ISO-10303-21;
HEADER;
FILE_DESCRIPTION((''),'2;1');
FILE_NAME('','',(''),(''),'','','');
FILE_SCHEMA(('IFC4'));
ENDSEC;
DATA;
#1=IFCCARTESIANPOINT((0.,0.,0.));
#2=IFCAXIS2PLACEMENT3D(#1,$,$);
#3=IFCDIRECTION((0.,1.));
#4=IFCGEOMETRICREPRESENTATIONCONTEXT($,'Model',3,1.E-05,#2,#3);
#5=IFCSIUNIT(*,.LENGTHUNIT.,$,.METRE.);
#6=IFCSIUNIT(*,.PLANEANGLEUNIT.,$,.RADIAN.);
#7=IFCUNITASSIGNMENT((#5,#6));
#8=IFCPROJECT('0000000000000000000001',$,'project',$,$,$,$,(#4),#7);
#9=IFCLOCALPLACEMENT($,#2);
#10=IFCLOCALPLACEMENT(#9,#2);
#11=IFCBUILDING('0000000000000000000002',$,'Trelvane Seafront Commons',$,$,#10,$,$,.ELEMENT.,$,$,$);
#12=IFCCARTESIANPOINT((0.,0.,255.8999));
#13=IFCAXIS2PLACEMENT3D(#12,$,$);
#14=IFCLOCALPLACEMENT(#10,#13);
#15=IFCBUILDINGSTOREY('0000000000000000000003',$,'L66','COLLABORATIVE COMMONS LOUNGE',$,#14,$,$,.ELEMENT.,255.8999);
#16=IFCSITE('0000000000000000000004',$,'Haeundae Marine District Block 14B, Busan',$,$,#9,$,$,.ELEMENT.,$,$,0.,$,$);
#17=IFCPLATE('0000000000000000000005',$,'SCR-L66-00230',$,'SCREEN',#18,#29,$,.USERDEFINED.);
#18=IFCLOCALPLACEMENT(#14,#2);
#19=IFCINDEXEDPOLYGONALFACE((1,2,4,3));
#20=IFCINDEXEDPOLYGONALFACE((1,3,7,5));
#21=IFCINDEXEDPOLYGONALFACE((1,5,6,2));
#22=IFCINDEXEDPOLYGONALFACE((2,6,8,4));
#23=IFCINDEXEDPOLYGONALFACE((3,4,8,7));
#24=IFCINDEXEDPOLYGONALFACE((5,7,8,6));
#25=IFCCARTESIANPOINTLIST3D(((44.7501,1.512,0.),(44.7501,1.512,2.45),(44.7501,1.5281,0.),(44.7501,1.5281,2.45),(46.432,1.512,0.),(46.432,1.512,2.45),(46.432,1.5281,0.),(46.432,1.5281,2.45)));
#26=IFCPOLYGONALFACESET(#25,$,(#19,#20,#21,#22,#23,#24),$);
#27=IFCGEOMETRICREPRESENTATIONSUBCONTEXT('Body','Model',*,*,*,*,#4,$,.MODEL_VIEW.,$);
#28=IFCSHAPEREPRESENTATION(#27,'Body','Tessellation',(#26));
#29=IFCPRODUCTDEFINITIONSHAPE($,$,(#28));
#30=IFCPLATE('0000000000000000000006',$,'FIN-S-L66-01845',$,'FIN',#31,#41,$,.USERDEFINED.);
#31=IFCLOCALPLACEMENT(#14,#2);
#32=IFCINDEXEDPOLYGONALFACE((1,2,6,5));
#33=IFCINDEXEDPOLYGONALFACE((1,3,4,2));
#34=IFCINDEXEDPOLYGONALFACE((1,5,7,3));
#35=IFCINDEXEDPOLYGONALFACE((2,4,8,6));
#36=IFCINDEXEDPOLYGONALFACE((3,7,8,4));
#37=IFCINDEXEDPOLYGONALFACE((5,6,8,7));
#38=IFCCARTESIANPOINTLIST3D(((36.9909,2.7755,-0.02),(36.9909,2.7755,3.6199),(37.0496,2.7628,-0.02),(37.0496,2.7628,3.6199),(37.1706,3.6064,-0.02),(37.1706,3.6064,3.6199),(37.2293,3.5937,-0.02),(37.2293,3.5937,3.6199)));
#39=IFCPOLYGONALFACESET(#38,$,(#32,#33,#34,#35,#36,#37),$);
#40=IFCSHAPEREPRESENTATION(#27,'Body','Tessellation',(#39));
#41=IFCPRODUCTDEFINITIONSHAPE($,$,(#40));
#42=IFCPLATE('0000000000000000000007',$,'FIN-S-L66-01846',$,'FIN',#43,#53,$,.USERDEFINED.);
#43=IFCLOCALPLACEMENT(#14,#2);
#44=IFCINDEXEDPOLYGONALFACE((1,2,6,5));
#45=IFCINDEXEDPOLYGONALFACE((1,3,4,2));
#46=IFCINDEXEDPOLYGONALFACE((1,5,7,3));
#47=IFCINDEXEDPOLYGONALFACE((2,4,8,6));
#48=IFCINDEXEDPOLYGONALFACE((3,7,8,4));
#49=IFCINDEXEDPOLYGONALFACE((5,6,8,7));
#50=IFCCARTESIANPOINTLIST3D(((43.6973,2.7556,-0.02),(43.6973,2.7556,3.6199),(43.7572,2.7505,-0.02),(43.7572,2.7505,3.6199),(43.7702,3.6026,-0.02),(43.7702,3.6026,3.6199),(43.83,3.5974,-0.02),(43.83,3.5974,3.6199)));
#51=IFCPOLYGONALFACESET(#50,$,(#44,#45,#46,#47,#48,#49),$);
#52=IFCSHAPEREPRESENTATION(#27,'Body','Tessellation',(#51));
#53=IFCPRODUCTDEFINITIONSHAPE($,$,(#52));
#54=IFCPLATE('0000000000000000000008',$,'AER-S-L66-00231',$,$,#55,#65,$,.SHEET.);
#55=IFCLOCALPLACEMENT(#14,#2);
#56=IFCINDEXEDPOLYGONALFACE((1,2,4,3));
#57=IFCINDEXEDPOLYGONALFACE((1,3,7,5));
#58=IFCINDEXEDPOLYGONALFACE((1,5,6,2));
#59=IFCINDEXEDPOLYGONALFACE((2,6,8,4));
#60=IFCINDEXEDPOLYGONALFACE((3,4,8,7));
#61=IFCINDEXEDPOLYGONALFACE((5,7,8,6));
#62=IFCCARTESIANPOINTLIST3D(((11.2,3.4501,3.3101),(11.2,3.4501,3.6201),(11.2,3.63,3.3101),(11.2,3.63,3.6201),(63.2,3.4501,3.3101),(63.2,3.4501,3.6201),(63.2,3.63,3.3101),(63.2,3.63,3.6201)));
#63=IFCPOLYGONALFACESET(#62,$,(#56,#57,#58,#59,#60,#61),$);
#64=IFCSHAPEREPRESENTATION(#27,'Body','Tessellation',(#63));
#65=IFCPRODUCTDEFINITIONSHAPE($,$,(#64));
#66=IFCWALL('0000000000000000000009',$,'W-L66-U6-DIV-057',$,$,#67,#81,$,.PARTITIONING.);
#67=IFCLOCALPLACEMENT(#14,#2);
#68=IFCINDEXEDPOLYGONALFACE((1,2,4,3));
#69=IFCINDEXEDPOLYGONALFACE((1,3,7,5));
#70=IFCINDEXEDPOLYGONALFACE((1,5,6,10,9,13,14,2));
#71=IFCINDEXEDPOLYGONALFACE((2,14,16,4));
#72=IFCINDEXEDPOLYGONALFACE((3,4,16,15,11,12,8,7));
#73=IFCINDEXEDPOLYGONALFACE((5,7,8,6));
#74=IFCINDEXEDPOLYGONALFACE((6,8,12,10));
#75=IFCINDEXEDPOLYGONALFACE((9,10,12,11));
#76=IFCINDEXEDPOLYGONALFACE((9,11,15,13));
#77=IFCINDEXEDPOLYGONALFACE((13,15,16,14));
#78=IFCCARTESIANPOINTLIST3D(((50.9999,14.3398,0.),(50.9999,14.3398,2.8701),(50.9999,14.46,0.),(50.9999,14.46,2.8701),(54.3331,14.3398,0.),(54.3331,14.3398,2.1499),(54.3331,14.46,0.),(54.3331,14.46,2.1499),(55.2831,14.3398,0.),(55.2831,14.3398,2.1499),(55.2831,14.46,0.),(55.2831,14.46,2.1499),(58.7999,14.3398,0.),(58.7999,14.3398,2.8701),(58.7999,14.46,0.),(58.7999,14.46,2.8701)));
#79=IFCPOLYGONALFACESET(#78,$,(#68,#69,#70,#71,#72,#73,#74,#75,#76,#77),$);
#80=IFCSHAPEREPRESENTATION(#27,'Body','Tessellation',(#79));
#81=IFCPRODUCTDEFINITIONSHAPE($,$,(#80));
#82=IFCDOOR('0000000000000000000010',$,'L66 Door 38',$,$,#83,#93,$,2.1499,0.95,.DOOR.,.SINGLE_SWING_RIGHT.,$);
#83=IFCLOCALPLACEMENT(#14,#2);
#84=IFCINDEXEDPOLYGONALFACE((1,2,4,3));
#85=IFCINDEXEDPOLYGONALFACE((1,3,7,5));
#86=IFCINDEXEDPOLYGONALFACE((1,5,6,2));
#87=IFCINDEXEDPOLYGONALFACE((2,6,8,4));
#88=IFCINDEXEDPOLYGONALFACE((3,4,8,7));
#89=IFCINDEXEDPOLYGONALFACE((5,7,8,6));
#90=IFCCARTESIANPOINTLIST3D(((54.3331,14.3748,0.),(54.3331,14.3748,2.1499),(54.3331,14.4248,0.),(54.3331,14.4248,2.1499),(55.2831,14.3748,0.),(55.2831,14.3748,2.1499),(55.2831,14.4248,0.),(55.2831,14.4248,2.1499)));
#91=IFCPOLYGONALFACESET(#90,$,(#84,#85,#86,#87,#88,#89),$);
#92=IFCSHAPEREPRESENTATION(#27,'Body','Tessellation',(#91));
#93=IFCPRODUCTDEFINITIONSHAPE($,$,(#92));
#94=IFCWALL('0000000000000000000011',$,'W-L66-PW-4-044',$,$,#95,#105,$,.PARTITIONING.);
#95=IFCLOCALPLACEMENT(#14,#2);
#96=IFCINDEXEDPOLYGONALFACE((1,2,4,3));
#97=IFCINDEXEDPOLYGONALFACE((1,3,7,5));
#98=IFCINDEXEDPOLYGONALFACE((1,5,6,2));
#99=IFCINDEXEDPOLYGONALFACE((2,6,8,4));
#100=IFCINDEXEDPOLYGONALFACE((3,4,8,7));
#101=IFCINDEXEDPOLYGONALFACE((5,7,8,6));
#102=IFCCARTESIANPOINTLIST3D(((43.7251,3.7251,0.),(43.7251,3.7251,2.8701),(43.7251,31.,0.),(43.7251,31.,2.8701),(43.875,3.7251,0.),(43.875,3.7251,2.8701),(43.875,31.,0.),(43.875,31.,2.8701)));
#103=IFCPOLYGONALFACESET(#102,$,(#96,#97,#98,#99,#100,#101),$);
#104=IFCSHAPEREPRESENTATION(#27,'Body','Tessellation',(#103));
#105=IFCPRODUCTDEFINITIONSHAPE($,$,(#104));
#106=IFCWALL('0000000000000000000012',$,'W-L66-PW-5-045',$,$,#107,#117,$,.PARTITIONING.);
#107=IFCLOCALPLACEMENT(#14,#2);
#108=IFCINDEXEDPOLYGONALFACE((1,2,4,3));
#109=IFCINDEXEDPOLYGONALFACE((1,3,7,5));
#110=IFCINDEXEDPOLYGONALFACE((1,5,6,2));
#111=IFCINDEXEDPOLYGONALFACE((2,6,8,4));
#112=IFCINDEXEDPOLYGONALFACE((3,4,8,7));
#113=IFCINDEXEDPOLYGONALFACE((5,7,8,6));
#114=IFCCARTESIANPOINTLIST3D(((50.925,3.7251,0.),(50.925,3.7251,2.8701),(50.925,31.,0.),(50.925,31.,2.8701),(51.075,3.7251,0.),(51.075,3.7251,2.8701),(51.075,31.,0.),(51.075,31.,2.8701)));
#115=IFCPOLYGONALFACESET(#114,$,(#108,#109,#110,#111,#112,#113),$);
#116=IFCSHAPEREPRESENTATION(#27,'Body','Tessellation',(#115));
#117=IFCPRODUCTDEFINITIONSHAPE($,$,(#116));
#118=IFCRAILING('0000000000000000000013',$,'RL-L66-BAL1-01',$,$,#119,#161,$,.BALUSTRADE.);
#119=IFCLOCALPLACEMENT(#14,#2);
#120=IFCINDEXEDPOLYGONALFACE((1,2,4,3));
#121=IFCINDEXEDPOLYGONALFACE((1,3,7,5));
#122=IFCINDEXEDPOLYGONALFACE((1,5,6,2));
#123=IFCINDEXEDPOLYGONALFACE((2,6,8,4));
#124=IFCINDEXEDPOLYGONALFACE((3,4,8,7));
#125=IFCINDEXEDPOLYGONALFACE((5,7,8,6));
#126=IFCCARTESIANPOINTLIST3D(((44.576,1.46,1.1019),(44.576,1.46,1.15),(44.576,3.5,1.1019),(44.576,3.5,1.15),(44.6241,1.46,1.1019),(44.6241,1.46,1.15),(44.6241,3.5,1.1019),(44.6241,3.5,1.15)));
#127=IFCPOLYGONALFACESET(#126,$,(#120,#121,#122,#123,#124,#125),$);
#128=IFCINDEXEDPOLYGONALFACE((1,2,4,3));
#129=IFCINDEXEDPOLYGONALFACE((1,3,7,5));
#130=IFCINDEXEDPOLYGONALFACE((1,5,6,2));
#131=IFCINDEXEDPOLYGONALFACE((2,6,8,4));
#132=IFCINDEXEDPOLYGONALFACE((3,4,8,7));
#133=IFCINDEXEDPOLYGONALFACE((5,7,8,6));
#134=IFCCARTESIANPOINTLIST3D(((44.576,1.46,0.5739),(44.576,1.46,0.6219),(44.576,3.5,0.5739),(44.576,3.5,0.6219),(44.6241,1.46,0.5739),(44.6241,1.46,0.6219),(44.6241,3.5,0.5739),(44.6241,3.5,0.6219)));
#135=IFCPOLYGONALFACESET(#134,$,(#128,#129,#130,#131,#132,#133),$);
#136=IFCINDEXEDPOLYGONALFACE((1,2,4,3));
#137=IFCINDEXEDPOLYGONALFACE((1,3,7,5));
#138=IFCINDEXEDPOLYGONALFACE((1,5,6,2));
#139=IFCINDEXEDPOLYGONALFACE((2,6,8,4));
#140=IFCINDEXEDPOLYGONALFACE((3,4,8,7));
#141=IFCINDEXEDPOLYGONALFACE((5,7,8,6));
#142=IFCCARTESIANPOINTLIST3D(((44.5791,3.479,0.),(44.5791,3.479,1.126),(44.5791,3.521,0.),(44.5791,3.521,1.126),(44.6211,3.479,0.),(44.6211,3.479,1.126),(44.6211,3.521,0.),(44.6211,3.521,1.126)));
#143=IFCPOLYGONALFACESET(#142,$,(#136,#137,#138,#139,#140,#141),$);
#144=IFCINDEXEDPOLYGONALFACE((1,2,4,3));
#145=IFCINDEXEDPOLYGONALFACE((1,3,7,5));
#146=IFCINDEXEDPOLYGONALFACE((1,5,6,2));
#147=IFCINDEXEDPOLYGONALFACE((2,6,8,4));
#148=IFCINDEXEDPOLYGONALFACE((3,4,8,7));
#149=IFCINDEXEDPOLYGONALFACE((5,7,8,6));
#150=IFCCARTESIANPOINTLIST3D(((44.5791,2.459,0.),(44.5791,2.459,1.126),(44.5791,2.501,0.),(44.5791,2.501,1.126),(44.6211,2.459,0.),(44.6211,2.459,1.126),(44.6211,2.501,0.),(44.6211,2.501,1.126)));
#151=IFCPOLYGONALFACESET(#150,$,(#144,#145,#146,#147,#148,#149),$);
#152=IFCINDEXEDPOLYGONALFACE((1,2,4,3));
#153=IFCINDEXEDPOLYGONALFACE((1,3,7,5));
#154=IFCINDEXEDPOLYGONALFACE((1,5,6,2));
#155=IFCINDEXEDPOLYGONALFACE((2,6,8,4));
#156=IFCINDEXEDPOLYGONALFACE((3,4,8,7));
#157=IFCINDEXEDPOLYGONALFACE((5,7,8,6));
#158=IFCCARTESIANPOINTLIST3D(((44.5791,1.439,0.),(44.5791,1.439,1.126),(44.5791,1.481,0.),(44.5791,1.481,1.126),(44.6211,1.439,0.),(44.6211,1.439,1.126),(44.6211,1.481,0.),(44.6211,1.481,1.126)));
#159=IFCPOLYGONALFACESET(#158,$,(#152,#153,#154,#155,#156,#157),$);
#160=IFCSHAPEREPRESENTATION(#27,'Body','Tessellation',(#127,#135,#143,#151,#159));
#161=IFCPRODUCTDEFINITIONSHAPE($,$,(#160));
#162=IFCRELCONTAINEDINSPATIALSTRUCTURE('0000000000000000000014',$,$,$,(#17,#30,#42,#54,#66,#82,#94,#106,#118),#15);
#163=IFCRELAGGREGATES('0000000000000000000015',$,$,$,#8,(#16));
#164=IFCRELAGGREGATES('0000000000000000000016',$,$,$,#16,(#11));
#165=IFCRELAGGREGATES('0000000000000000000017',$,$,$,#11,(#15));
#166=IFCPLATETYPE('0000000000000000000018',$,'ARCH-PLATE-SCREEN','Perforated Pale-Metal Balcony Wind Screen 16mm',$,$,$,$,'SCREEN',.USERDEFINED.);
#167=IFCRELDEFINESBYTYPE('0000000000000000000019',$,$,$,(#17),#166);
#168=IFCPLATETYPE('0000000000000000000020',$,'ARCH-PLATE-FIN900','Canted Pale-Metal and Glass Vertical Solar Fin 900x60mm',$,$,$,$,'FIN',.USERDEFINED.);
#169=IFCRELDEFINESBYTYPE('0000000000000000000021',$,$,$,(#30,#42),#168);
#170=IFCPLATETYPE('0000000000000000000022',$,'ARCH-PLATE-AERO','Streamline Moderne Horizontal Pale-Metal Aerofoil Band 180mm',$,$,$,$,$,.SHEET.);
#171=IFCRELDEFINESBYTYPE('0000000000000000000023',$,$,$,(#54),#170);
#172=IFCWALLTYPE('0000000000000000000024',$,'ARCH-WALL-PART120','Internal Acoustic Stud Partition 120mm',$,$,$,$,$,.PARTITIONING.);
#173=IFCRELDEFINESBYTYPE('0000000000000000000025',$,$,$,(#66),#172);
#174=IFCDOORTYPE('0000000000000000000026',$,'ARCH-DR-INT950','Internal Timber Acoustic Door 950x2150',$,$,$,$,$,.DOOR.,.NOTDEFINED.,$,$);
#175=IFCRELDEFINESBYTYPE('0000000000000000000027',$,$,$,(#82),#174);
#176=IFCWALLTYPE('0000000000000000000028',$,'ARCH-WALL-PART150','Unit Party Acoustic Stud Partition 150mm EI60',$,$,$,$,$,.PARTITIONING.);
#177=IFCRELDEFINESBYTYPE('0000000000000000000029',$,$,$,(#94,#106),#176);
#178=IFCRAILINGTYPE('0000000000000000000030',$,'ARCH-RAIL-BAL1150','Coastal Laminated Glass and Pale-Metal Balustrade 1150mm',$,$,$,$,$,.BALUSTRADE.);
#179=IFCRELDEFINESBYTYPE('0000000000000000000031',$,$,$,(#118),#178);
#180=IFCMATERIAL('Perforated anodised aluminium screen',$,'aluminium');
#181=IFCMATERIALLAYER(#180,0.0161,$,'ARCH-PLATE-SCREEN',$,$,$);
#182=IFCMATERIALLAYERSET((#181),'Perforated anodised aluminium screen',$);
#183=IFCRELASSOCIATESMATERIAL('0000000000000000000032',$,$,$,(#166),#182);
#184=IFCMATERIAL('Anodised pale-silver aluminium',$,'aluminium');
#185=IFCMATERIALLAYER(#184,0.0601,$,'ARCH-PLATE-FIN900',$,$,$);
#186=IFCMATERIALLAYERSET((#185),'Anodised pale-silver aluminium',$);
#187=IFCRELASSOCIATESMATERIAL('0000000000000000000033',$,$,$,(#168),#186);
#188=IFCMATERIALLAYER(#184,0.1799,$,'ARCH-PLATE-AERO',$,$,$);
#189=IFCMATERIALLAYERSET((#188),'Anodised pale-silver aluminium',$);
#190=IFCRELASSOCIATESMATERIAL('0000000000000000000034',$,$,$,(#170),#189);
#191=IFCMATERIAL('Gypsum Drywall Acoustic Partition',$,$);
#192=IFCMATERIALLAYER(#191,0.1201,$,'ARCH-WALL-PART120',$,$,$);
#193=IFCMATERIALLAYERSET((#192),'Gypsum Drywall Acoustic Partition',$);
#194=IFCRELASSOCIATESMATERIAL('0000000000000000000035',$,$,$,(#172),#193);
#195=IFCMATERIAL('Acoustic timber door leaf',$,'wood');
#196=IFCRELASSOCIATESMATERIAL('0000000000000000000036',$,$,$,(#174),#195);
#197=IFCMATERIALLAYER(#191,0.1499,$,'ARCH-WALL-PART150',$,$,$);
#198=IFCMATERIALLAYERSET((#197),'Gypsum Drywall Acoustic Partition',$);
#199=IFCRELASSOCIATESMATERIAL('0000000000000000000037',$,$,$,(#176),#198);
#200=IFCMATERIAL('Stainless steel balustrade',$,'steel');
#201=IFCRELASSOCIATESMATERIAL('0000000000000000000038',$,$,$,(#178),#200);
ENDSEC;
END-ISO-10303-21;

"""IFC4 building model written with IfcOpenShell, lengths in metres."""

from ifc_helpers import new_model, si_unit, direction, frame, frame_2d, origin, origin_2d, place, context, subcontext, project, spatial, rectangle, extrude, source, transform, mapped, material, layer, layer_set, type_object, element, fill, save


model = new_model("IFC4")

# Units and contexts
model_context = context("Model", 3, precision=1e-05, world=origin(), true_north=direction((0.0, 1.0)))
body_context = subcontext(model_context, "Body", "Model", "MODEL_VIEW")
ifc_project = project(units=[si_unit("LENGTHUNIT", "METRE"), si_unit("PLANEANGLEUNIT", "RADIAN")], contexts=[model_context])

# Site, building, storey
site_placement = place(None, origin())
site = spatial("IfcSite", under=ifc_project, at=site_placement, Name="Haeundae Marine District Block 14B, Busan", CompositionType="ELEMENT", RefElevation=0.0)
building_placement = place(site_placement, origin())
building = spatial("IfcBuilding", under=site, at=building_placement, Name="Trelvane Seafront Commons", CompositionType="ELEMENT")
storey_placement = place(building_placement, frame((0.0, 0.0, 255.8999)))
storey = spatial("IfcBuildingStorey", under=building, at=storey_placement, Name="L66", Description="COLLABORATIVE COMMONS LOUNGE", CompositionType="ELEMENT", Elevation=255.8999)

# Plates
ifc_material_1 = material(Name="Perforated anodised aluminium screen", Category="aluminium")
ifc_layer_1 = layer(ifc_material_1, 0.0161, Name="ARCH-PLATE-SCREEN")
ifc_layer_set_1 = layer_set([ifc_layer_1], Name="Perforated anodised aluminium screen")
plate_type_1 = type_object("IfcPlateType", Name="ARCH-PLATE-SCREEN", Description="Perforated Pale-Metal Balcony Wind Screen 16mm", ElementType="SCREEN", PredefinedType="USERDEFINED", material=ifc_layer_set_1)
shared_shape_1 = source(origin(), body_context, "Body", "SweptSolid", [
    extrude(rectangle(XDim=1.6819, YDim=0.0161, at=origin_2d()), origin(), (0.0, 0.0, 1.0), 2.45),
])
plate_1_placement = place(storey_placement, frame((45.5911, 1.52, 0.0), z_axis=(0.0, 0.0, 1.0), x_axis=(1.0, 0.0, 0.0)))
element("IfcPlate", 1, at=plate_1_placement, inside=storey, type_object=plate_type_1, Name="SCR-L66-00230", ObjectType="SCREEN", PredefinedType="USERDEFINED", context=body_context, shape_type="MappedRepresentation", body=[
    mapped(shared_shape_1, transform((0.0, 0.0, 0.0), x_axis=(1.0, 0.0, 0.0), y_axis=(0.0, 1.0, 0.0), z_axis=(0.0, 0.0, 1.0), scale=1.0)),
])
ifc_material_2 = material(Name="Anodised pale-silver aluminium", Category="aluminium")
ifc_layer_2 = layer(ifc_material_2, 0.0601, Name="ARCH-PLATE-FIN900")
ifc_layer_set_2 = layer_set([ifc_layer_2], Name="Anodised pale-silver aluminium")
plate_type_2 = type_object("IfcPlateType", Name="ARCH-PLATE-FIN900", Description="Canted Pale-Metal and Glass Vertical Solar Fin 900x60mm", ElementType="FIN", PredefinedType="USERDEFINED", material=ifc_layer_set_2)
shared_shape_2 = source(origin(), body_context, "Body", "SweptSolid", [
    extrude(rectangle(XDim=0.8501, YDim=0.0601, at=origin_2d()), origin(), (0.0, 0.0, 1.0), 3.6399),
])
for number, where, z_axis, x_axis, name in (
    (2, (37.1101, 3.1846, -0.02), (0.0, 0.0, 1.0), (-0.211408, -0.977398, 0.0), "FIN-S-L66-01845"),
    (3, (43.7637, 3.1765, -0.02), (0.0, 0.0, 1.0), (-0.085645, -0.996326, 0.0), "FIN-S-L66-01846"),
):
    element("IfcPlate", number, at=place(storey_placement, frame(where, z_axis=z_axis, x_axis=x_axis)), inside=storey, type_object=plate_type_2, Name=name, ObjectType="FIN", PredefinedType="USERDEFINED", context=body_context, shape_type="MappedRepresentation", body=[
        mapped(shared_shape_2, transform((0.0, 0.0, 0.0), x_axis=(1.0, 0.0, 0.0), y_axis=(0.0, 1.0, 0.0), z_axis=(0.0, 0.0, 1.0), scale=1.0)),
    ])
ifc_layer_3 = layer(ifc_material_2, 0.1799, Name="ARCH-PLATE-AERO")
ifc_layer_set_3 = layer_set([ifc_layer_3], Name="Anodised pale-silver aluminium")
plate_type_3 = type_object("IfcPlateType", Name="ARCH-PLATE-AERO", Description="Streamline Moderne Horizontal Pale-Metal Aerofoil Band 180mm", PredefinedType="SHEET", material=ifc_layer_set_3)
shared_shape_3 = source(origin(), body_context, "Body", "SweptSolid", [
    extrude(rectangle(XDim=52.0, YDim=0.1799, at=origin_2d()), origin(), (0.0, 0.0, 1.0), 0.3101),
])
plate_2_placement = place(storey_placement, frame((37.2, 3.54, 3.3101), z_axis=(0.0, 0.0, 1.0), x_axis=(-1.0, 0.0, 0.0)))
element("IfcPlate", 4, at=plate_2_placement, inside=storey, type_object=plate_type_3, Name="AER-S-L66-00231", PredefinedType="SHEET", context=body_context, shape_type="MappedRepresentation", body=[
    mapped(shared_shape_3, transform((0.0, 0.0, 0.0), x_axis=(1.0, 0.0, 0.0), y_axis=(0.0, 1.0, 0.0), z_axis=(0.0, 0.0, 1.0), scale=1.0)),
])

# Wall, opening, door
ifc_material_3 = material(Name="Gypsum Drywall Acoustic Partition")
ifc_layer_4 = layer(ifc_material_3, 0.1201, Name="ARCH-WALL-PART120")
ifc_layer_set_4 = layer_set([ifc_layer_4], Name="Gypsum Drywall Acoustic Partition")
wall_type_1 = type_object("IfcWallType", Name="ARCH-WALL-PART120", Description="Internal Acoustic Stud Partition 120mm", PredefinedType="PARTITIONING", material=ifc_layer_set_4)
wall_placement = place(storey_placement, frame((51.0, 14.3999, 0.0), z_axis=(0.0, 0.0, 1.0), x_axis=(1.0, 0.0, 0.0)))
wall = element("IfcWall", 5, at=wall_placement, inside=storey, type_object=wall_type_1, Name="W-L66-U6-DIV-057", PredefinedType="PARTITIONING", context=body_context, shape_type="SweptSolid", body=[
    extrude(rectangle(XDim=7.8, YDim=0.1201, at=frame_2d((3.8999, 0.0))), origin(), (0.0, 0.0, 1.0), 2.8701),
])
opening_placement = place(wall_placement, frame((3.333, 0.0, 0.0)))
opening = element("IfcOpeningElement", 6, at=opening_placement, cuts=wall, PredefinedType="OPENING", context=body_context, shape_type="SweptSolid", body=[
    extrude(rectangle(XDim=0.95, YDim=2.1499, at=frame_2d((0.4751, 1.075))), frame((0.0, 0.0701, 0.0), z_axis=(0.0, -1.0, 0.0), x_axis=(1.0, 0.0, 0.0)), (0.0, 0.0, 1.0), 0.1401),
])
ifc_material_4 = material(Name="Acoustic timber door leaf", Category="wood")
door_type = type_object("IfcDoorType", Name="ARCH-DR-INT950", Description="Internal Timber Acoustic Door 950x2150", OperationType="NOTDEFINED", PredefinedType="DOOR", material=ifc_material_4)
shared_shape_4 = source(origin(), body_context, "Body", "SweptSolid", [
    extrude(rectangle(XDim=0.95, YDim=2.1499, at=frame_2d((0.4751, 1.075))), frame((0.0, 0.0249, 0.0), z_axis=(0.0, -1.0, 0.0), x_axis=(1.0, 0.0, 0.0)), (0.0, 0.0, 1.0), 0.05),
])
door_placement = place(opening_placement, origin())
door = element("IfcDoor", 7, at=door_placement, inside=storey, type_object=door_type, Name="L66 Door 38", OperationType="SINGLE_SWING_RIGHT", OverallHeight=2.1499, OverallWidth=0.95, PredefinedType="DOOR", context=body_context, shape_type="MappedRepresentation", body=[
    mapped(shared_shape_4, transform((0.0, 0.0, 0.0), x_axis=(1.0, 0.0, 0.0), y_axis=(0.0, 1.0, 0.0), z_axis=(0.0, 0.0, 1.0), scale=1.0)),
])
fill(opening, door)

# Walls
ifc_layer_5 = layer(ifc_material_3, 0.1499, Name="ARCH-WALL-PART150")
ifc_layer_set_5 = layer_set([ifc_layer_5], Name="Gypsum Drywall Acoustic Partition")
wall_type_2 = type_object("IfcWallType", Name="ARCH-WALL-PART150", Description="Unit Party Acoustic Stud Partition 150mm EI60", PredefinedType="PARTITIONING", material=ifc_layer_set_5)
for number, where, z_axis, x_axis, name in (
    (8, (43.8, 3.7251, 0.0), (0.0, 0.0, 1.0), (0.0, 1.0, 0.0), "W-L66-PW-4-044"),
    (9, (51.0, 3.7251, 0.0), (0.0, 0.0, 1.0), (0.0, 1.0, 0.0), "W-L66-PW-5-045"),
):
    element("IfcWall", number, at=place(storey_placement, frame(where, z_axis=z_axis, x_axis=x_axis)), inside=storey, type_object=wall_type_2, Name=name, PredefinedType="PARTITIONING", context=body_context, shape_type="SweptSolid", body=[
        extrude(rectangle(XDim=27.2749, YDim=0.1499, at=frame_2d((13.6375, 0.0))), origin(), (0.0, 0.0, 1.0), 2.8701),
    ])

# Railing
ifc_material_5 = material(Name="Stainless steel balustrade", Category="steel")
railing_type = type_object("IfcRailingType", Name="ARCH-RAIL-BAL1150", Description="Coastal Laminated Glass and Pale-Metal Balustrade 1150mm", PredefinedType="BALUSTRADE", material=ifc_material_5)
railing_1_placement = place(storey_placement, frame((44.6001, 3.5, 0.0)))
element("IfcRailing", 10, at=railing_1_placement, inside=storey, type_object=railing_type, Name="RL-L66-BAL1-01", PredefinedType="BALUSTRADE", context=body_context, shape_type="SweptSolid", body=[
    extrude(rectangle(XDim=0.0481, YDim=0.0481, at=origin_2d()), frame((0.0, 0.0, 1.126), z_axis=(0.0, -1.0, 0.0), x_axis=(1.0, 0.0, 0.0)), (0.0, 0.0, 1.0), 2.04),
    extrude(rectangle(XDim=0.0481, YDim=0.0481, at=origin_2d()), frame((0.0, 0.0, 0.5979), z_axis=(0.0, -1.0, 0.0), x_axis=(1.0, 0.0, 0.0)), (0.0, 0.0, 1.0), 2.04),
    extrude(rectangle(XDim=0.042, YDim=0.042, at=origin_2d()), origin(), (0.0, 0.0, 1.0), 1.126),
    extrude(rectangle(XDim=0.042, YDim=0.042, at=origin_2d()), frame((0.0, -1.02, 0.0)), (0.0, 0.0, 1.0), 1.126),
    extrude(rectangle(XDim=0.042, YDim=0.042, at=origin_2d()), frame((0.0, -2.04, 0.0)), (0.0, 0.0, 1.0), 1.126),
])

save(model, "model.ifc")
